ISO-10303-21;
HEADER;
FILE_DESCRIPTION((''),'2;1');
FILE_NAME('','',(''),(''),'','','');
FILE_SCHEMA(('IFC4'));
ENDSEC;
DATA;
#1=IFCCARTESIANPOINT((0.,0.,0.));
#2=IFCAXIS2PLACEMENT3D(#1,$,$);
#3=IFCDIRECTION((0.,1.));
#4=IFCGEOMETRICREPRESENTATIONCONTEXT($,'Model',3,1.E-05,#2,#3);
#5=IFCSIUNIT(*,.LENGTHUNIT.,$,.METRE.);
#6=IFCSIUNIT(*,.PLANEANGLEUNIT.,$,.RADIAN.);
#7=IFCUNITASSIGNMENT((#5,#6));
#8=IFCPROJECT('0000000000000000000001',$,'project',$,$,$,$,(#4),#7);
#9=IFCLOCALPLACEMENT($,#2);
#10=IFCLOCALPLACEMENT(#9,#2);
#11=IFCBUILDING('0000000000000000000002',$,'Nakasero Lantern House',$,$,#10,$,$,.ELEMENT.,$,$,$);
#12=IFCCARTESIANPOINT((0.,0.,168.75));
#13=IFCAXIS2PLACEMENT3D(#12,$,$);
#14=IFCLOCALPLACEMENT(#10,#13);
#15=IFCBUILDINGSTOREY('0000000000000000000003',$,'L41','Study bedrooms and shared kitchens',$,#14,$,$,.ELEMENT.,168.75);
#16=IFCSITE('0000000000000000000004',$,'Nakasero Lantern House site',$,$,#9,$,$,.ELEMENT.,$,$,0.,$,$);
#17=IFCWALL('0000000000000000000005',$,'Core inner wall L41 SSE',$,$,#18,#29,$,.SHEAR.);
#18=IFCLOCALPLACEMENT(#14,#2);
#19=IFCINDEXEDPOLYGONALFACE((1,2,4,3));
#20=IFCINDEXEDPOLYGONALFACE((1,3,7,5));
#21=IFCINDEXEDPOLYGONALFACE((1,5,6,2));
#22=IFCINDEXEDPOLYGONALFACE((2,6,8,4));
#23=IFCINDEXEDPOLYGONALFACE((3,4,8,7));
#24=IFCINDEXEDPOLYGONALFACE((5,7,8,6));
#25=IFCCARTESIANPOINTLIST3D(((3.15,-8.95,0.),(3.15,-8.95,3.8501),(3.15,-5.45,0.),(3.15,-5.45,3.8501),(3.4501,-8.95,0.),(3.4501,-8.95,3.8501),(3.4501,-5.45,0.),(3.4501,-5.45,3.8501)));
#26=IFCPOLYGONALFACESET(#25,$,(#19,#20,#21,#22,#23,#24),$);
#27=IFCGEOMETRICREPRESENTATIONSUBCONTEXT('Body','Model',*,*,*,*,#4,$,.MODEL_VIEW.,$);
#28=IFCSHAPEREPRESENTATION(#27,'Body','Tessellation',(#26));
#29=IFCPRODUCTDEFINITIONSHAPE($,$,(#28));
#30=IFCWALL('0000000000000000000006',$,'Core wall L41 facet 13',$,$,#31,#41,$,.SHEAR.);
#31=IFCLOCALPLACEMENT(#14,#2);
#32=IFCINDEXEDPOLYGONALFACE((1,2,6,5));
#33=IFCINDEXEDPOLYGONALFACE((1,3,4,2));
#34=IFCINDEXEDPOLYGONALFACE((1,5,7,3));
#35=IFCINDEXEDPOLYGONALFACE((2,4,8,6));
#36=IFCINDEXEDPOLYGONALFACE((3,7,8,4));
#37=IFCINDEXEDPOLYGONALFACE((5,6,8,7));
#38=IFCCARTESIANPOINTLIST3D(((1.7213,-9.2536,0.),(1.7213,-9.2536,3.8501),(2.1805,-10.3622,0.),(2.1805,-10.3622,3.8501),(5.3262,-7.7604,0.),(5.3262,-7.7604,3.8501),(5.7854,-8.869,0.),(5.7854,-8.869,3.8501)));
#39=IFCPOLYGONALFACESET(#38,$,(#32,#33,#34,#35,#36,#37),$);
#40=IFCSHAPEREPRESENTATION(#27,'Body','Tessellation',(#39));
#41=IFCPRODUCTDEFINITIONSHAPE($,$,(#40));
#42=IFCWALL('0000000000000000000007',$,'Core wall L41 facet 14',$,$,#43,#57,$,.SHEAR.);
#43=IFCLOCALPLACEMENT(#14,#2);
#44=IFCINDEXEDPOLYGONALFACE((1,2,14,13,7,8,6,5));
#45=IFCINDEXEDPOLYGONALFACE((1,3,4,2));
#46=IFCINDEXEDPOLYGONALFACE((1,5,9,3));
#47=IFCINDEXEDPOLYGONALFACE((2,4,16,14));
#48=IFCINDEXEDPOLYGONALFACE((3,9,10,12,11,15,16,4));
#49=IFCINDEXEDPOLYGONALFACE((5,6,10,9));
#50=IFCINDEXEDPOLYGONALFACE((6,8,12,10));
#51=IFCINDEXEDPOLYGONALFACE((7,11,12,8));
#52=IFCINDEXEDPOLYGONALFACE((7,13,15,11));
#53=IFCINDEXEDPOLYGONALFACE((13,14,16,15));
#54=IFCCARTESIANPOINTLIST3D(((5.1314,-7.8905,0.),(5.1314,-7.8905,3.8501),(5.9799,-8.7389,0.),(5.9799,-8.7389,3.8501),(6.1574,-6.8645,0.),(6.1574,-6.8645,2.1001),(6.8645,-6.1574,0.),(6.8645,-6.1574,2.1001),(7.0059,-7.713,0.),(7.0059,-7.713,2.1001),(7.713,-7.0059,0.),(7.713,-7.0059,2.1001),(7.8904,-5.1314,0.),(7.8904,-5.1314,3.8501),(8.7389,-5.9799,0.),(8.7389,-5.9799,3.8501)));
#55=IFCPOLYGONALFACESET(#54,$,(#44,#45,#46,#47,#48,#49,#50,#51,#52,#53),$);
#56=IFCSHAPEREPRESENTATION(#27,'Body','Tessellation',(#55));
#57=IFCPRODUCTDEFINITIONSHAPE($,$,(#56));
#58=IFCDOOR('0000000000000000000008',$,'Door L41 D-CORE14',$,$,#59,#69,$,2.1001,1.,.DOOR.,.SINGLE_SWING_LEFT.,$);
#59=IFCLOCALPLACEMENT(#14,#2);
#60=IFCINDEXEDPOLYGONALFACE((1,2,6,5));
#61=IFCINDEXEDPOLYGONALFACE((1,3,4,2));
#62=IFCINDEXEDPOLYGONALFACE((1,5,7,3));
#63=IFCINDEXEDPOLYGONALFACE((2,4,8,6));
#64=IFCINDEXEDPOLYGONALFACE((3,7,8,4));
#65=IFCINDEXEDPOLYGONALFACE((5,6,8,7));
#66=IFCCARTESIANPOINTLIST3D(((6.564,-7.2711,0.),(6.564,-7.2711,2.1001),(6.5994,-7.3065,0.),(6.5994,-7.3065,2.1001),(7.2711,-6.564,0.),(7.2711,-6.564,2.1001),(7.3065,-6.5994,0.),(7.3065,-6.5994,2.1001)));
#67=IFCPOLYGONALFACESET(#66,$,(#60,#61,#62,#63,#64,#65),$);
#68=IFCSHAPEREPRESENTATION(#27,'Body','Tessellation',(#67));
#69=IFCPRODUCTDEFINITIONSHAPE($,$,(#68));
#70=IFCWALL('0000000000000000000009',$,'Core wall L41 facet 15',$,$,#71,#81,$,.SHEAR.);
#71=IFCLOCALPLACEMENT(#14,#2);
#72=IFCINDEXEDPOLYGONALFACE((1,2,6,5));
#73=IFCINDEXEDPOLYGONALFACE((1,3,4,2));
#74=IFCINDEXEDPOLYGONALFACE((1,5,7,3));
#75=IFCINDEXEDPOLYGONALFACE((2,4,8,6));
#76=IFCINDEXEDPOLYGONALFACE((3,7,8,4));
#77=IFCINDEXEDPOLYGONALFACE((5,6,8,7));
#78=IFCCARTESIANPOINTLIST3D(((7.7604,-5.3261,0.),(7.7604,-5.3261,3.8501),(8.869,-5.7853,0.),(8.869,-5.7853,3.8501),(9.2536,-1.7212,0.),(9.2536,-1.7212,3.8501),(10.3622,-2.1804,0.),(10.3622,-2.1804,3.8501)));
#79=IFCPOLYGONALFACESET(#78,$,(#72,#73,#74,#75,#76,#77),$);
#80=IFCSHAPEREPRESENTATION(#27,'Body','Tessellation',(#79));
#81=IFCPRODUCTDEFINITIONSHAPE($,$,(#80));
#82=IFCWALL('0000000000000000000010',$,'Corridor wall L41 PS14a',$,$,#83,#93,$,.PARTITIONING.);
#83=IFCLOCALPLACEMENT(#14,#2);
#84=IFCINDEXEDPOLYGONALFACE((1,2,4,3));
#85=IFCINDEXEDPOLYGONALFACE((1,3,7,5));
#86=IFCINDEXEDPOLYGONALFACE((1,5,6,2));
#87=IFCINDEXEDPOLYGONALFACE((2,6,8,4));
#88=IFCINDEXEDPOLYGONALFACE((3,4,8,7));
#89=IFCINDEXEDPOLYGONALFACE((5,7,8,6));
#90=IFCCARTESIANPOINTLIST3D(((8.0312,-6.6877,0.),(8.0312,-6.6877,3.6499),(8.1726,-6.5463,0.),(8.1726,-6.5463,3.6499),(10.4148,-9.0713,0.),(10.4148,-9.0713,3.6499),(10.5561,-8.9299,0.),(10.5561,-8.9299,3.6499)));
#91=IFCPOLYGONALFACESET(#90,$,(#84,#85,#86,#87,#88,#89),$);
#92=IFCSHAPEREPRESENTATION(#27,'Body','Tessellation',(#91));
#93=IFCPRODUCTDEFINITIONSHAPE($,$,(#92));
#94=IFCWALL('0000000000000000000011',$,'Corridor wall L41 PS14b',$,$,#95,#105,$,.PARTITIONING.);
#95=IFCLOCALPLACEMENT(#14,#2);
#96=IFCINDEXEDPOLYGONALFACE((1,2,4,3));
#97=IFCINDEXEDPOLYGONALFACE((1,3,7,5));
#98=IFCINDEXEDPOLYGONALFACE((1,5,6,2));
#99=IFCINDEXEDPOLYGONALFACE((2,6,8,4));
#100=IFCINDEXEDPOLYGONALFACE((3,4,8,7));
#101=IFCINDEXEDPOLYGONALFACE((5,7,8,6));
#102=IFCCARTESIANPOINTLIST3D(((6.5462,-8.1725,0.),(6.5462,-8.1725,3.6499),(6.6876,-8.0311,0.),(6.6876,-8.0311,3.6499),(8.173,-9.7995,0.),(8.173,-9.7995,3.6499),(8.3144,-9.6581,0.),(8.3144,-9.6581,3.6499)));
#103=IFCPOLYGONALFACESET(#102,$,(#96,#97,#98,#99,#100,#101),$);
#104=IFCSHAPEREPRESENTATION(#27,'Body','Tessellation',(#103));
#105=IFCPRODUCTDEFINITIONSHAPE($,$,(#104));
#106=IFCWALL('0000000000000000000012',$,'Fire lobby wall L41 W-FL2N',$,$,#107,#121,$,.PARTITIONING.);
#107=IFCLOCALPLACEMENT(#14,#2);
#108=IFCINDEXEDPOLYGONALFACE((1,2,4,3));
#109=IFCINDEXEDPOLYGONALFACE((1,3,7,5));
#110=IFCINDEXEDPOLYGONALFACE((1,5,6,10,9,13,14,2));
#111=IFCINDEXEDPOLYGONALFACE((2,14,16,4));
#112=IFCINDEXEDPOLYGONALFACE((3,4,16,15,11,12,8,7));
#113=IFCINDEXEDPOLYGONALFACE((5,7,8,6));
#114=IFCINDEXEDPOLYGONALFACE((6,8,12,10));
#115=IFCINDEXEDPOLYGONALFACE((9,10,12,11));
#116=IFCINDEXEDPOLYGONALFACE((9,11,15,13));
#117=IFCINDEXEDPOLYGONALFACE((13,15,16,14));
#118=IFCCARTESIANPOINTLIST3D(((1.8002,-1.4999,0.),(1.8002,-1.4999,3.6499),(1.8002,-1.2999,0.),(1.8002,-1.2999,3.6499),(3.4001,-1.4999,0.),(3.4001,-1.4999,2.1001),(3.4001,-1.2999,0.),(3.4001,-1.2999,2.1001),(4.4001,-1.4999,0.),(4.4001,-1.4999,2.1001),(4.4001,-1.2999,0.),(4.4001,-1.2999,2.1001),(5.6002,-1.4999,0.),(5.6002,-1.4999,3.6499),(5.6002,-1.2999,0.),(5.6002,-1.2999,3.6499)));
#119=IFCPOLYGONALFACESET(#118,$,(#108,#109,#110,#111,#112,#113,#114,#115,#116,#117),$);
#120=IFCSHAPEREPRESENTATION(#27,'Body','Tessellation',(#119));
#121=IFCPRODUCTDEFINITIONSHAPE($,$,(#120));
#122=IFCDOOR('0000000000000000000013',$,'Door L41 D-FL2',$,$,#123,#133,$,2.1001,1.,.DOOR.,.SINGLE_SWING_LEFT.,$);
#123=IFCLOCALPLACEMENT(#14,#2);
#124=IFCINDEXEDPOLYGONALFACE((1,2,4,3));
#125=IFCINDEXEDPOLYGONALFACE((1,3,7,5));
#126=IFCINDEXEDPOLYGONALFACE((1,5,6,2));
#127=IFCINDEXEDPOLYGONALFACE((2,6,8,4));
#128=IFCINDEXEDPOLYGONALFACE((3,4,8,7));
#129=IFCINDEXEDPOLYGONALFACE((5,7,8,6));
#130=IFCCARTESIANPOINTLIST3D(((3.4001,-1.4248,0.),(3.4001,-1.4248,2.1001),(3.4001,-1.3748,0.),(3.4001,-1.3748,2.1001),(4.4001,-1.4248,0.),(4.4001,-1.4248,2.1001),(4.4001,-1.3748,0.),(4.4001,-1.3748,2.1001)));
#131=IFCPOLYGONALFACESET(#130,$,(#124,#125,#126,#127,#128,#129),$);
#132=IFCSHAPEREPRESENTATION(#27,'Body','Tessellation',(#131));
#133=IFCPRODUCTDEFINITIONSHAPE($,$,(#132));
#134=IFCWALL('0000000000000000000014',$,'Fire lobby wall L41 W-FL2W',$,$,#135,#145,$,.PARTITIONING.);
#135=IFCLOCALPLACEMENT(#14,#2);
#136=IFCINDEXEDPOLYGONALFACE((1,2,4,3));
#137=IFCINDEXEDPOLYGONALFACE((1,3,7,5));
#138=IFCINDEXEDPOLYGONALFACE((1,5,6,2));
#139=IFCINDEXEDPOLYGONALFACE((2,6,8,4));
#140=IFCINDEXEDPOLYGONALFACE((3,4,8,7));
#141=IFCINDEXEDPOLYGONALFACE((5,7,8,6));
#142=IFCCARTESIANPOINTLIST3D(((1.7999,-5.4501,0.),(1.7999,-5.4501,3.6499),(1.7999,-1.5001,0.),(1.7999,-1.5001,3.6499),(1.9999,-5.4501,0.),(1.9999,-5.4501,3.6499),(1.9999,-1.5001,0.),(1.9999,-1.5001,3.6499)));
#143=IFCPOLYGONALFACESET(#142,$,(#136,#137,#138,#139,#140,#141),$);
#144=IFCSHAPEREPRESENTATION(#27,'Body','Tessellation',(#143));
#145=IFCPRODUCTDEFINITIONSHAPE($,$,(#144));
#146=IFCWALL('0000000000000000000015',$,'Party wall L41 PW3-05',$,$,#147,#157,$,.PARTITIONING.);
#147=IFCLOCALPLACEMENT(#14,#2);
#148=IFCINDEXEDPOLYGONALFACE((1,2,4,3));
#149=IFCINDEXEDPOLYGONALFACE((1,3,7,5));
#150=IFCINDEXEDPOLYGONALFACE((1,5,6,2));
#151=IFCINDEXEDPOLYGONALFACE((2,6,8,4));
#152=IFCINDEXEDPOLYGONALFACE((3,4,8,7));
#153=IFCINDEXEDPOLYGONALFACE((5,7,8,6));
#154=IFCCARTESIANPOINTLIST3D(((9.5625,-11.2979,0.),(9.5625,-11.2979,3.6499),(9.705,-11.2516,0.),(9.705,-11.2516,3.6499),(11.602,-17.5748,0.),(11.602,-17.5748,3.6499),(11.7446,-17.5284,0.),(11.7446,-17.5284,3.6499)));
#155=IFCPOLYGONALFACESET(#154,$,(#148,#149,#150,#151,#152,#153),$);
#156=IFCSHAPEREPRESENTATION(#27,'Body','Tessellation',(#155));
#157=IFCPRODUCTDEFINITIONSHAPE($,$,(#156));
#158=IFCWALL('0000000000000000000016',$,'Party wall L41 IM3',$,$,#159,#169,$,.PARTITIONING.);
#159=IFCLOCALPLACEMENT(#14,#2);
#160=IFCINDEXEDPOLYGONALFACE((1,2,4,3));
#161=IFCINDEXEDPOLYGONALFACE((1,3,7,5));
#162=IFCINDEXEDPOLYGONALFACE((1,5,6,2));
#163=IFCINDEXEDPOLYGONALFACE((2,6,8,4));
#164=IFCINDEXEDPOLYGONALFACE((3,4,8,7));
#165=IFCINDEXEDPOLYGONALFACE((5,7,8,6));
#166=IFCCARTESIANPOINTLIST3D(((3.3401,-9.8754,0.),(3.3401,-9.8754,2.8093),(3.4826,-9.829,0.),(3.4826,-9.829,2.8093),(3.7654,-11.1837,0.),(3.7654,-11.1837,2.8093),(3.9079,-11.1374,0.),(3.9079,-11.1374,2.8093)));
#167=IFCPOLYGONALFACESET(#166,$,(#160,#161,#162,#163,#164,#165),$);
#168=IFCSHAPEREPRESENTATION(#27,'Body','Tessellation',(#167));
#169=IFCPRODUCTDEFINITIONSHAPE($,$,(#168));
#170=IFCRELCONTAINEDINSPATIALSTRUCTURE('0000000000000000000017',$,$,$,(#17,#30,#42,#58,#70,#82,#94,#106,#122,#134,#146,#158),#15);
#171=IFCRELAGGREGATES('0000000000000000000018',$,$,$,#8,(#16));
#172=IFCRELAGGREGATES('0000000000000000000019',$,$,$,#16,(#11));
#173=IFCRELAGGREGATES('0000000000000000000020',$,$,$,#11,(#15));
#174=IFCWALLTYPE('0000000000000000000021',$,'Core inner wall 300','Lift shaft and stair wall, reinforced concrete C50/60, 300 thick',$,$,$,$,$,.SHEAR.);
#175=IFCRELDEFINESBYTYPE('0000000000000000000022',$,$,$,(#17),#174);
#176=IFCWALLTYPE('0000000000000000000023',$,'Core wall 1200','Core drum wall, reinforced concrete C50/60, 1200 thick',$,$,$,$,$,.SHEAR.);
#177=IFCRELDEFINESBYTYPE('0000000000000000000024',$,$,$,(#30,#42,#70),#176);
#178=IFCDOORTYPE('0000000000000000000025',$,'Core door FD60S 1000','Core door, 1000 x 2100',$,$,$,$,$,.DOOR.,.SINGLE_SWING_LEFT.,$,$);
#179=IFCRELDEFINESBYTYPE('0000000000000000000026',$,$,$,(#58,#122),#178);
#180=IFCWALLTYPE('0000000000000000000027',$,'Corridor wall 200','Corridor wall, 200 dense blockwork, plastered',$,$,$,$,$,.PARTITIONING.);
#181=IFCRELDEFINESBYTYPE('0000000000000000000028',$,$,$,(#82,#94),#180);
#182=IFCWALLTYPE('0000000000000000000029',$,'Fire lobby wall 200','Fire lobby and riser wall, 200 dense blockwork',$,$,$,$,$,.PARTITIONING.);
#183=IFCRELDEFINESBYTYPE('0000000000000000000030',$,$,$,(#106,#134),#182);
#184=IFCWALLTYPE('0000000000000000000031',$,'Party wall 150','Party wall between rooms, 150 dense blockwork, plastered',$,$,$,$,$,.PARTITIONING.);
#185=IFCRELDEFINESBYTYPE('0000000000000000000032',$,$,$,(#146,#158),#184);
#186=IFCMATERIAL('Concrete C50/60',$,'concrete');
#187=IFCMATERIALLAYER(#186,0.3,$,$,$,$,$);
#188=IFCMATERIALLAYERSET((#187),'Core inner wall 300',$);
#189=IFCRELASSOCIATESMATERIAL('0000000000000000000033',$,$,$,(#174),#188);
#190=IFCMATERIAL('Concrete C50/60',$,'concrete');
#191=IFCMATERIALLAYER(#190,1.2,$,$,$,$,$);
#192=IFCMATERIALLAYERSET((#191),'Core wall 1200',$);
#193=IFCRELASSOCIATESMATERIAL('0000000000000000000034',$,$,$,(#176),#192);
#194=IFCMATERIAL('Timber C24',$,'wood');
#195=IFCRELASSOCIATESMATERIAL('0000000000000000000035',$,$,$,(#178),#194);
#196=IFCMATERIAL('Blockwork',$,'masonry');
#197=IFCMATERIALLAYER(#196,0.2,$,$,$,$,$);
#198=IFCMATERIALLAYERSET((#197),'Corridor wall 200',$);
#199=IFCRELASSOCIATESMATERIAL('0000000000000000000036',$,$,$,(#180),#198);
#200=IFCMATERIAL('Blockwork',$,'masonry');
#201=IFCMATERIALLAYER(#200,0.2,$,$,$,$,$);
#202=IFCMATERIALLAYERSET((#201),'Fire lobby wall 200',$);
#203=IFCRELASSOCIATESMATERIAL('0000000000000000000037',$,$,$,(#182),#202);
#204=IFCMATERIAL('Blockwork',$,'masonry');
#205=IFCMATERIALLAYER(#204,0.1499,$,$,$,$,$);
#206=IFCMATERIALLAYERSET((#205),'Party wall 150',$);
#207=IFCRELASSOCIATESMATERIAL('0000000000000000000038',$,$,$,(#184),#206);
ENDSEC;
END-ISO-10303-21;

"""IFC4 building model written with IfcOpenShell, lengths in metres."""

from ifc_helpers import new_model, si_unit, direction, frame, frame_2d, origin, place, context, subcontext, project, spatial, rectangle, extrude, material, layer, layer_set, type_object, element, fill, save


model = new_model("IFC4")

# Units and contexts
model_context = context("Model", 3, precision=1e-05, world=origin(), true_north=direction((0.0, 1.0)))
body_context = subcontext(model_context, "Body", "Model", "MODEL_VIEW")
ifc_project = project(units=[si_unit("LENGTHUNIT", "METRE"), si_unit("PLANEANGLEUNIT", "RADIAN")], contexts=[model_context])

# Site, building, storey
site_placement = place(None, origin())
site = spatial("IfcSite", under=ifc_project, at=site_placement, Name="Nakasero Lantern House site", CompositionType="ELEMENT", RefElevation=0.0)
building_placement = place(site_placement, origin())
building = spatial("IfcBuilding", under=site, at=building_placement, Name="Nakasero Lantern House", CompositionType="ELEMENT")
storey_placement = place(building_placement, frame((0.0, 0.0, 168.75)))
storey = spatial("IfcBuildingStorey", under=building, at=storey_placement, Name="L41", Description="Study bedrooms and shared kitchens", CompositionType="ELEMENT", Elevation=168.75)

# Shared definitions
ifc_material_1 = material(Name="Concrete C50/60", Category="concrete")
ifc_layer_1 = layer(ifc_material_1, 0.3)
ifc_layer_set_1 = layer_set([ifc_layer_1], Name="Core inner wall 300")
wall_type_1 = type_object("IfcWallType", Name="Core inner wall 300", Description="Lift shaft and stair wall, reinforced concrete C50/60, 300 thick", PredefinedType="SHEAR", material=ifc_layer_set_1)

# Walls
wall_1_placement = place(storey_placement, frame((3.3, -5.45, 0.0), z_axis=(0.0, 0.0, 1.0), x_axis=(0.0, -1.0, 0.0)))
element("IfcWall", 1, at=wall_1_placement, inside=storey, type_object=wall_type_1, Name="Core inner wall L41 SSE", PredefinedType="SHEAR", context=body_context, shape_type="SweptSolid", body=[
    extrude(rectangle(XDim=3.5, YDim=0.3, at=frame_2d((1.75, 0.0))), origin(), (0.0, 0.0, 1.0), 3.8501),
])
ifc_material_2 = material(Name="Concrete C50/60", Category="concrete")
ifc_layer_2 = layer(ifc_material_2, 1.2)
ifc_layer_set_2 = layer_set([ifc_layer_2], Name="Core wall 1200")
wall_type_2 = type_object("IfcWallType", Name="Core wall 1200", Description="Core drum wall, reinforced concrete C50/60, 1200 thick", PredefinedType="SHEAR", material=ifc_layer_set_2)
wall_2_placement = place(storey_placement, frame((1.9509, -9.8079, 0.0), z_axis=(0.0, 0.0, 1.0), x_axis=(0.923877, 0.382691, 0.0)))
element("IfcWall", 2, at=wall_2_placement, inside=storey, type_object=wall_type_2, Name="Core wall L41 facet 13", PredefinedType="SHEAR", context=body_context, shape_type="SweptSolid", body=[
    extrude(rectangle(XDim=3.9019, YDim=1.2, at=frame_2d((1.9509, 0.0))), origin(), (0.0, 0.0, 1.0), 3.8501),
])

# Wall, opening, door
wall_3_placement = place(storey_placement, frame((5.5557, -8.3147, 0.0), z_axis=(0.0, 0.0, 1.0), x_axis=(0.707107, 0.707107, 0.0)))
wall_3 = element("IfcWall", 3, at=wall_3_placement, inside=storey, type_object=wall_type_2, Name="Core wall L41 facet 14", PredefinedType="SHEAR", context=body_context, shape_type="SweptSolid", body=[
    extrude(rectangle(XDim=3.9019, YDim=1.2, at=frame_2d((1.9509, 0.0))), origin(), (0.0, 0.0, 1.0), 3.8501),
])
opening_1_placement = place(wall_3_placement, frame((1.4509, 0.0, 0.0)))
opening_1 = element("IfcOpeningElement", 4, at=opening_1_placement, cuts=wall_3, PredefinedType="OPENING", context=body_context, shape_type="SweptSolid", body=[
    extrude(rectangle(XDim=1.0, YDim=2.1001, at=frame_2d((0.5, 1.05))), frame((0.0, 0.6199, 0.0), z_axis=(0.0, -1.0, 0.0), x_axis=(1.0, 0.0, 0.0)), (0.0, 0.0, 1.0), 1.24),
])
ifc_material_3 = material(Name="Timber C24", Category="wood")
door_type_1 = type_object("IfcDoorType", Name="Core door FD60S 1000", Description="Core door, 1000 x 2100", OperationType="SINGLE_SWING_LEFT", PredefinedType="DOOR", material=ifc_material_3)
door_1_placement = place(opening_1_placement, origin())
door_1 = element("IfcDoor", 5, at=door_1_placement, inside=storey, type_object=door_type_1, Name="Door L41 D-CORE14", OperationType="SINGLE_SWING_LEFT", OverallHeight=2.1001, OverallWidth=1.0, PredefinedType="DOOR", context=body_context, shape_type="SweptSolid", body=[
    extrude(rectangle(XDim=1.0, YDim=2.1001, at=frame_2d((0.5, 1.05))), frame((0.0, 0.0249, 0.0), z_axis=(0.0, -1.0, 0.0), x_axis=(1.0, 0.0, 0.0)), (0.0, 0.0, 1.0), 0.05),
])
fill(opening_1, door_1)

# Walls
wall_4_placement = place(storey_placement, frame((8.3147, -5.5557, 0.0), z_axis=(0.0, 0.0, 1.0), x_axis=(0.382691, 0.923877, 0.0)))
element("IfcWall", 6, at=wall_4_placement, inside=storey, type_object=wall_type_2, Name="Core wall L41 facet 15", PredefinedType="SHEAR", context=body_context, shape_type="SweptSolid", body=[
    extrude(rectangle(XDim=3.9019, YDim=1.2, at=frame_2d((1.9509, 0.0))), origin(), (0.0, 0.0, 1.0), 3.8501),
])
ifc_material_4 = material(Name="Blockwork", Category="masonry")
ifc_layer_3 = layer(ifc_material_4, 0.2)
ifc_layer_set_3 = layer_set([ifc_layer_3], Name="Corridor wall 200")
wall_type_3 = type_object("IfcWallType", Name="Corridor wall 200", Description="Corridor wall, 200 dense blockwork, plastered", PredefinedType="PARTITIONING", material=ifc_layer_set_3)
wall_5_placement = place(storey_placement, frame((8.1018, -6.6169, 0.0), z_axis=(0.0, 0.0, 1.0), x_axis=(0.707107, -0.707107, 0.0)))
element("IfcWall", 7, at=wall_5_placement, inside=storey, type_object=wall_type_3, Name="Corridor wall L41 PS14a", PredefinedType="PARTITIONING", context=body_context, shape_type="SweptSolid", body=[
    extrude(rectangle(XDim=3.3708, YDim=0.2, at=frame_2d((1.6855, 0.0))), origin(), (0.0, 0.0, 1.0), 3.6499),
])
wall_6_placement = place(storey_placement, frame((6.6169, -8.1018, 0.0), z_axis=(0.0, 0.0, 1.0), x_axis=(0.707054, -0.70716, 0.0)))
element("IfcWall", 8, at=wall_6_placement, inside=storey, type_object=wall_type_3, Name="Corridor wall L41 PS14b", PredefinedType="PARTITIONING", context=body_context, shape_type="SweptSolid", body=[
    extrude(rectangle(XDim=2.3008, YDim=0.2, at=frame_2d((1.1504, 0.0))), origin(), (0.0, 0.0, 1.0), 3.6499),
])

# Wall, opening, door
ifc_material_5 = material(Name="Blockwork", Category="masonry")
ifc_layer_4 = layer(ifc_material_5, 0.2)
ifc_layer_set_4 = layer_set([ifc_layer_4], Name="Fire lobby wall 200")
wall_type_4 = type_object("IfcWallType", Name="Fire lobby wall 200", Description="Fire lobby and riser wall, 200 dense blockwork", PredefinedType="PARTITIONING", material=ifc_layer_set_4)
wall_7_placement = place(storey_placement, frame((5.6001, -1.3999, 0.0), z_axis=(0.0, 0.0, 1.0), x_axis=(-1.0, 0.0, 0.0)))
wall_7 = element("IfcWall", 9, at=wall_7_placement, inside=storey, type_object=wall_type_4, Name="Fire lobby wall L41 W-FL2N", PredefinedType="PARTITIONING", context=body_context, shape_type="SweptSolid", body=[
    extrude(rectangle(XDim=3.8, YDim=0.2, at=frame_2d((1.8999, 0.0))), origin(), (0.0, 0.0, 1.0), 3.6499),
])
opening_2_placement = place(wall_7_placement, frame((1.2, 0.0, 0.0)))
opening_2 = element("IfcOpeningElement", 10, at=opening_2_placement, cuts=wall_7, PredefinedType="OPENING", context=body_context, shape_type="SweptSolid", body=[
    extrude(rectangle(XDim=1.0, YDim=2.1001, at=frame_2d((0.5, 1.05))), frame((0.0, 0.1199, 0.0), z_axis=(0.0, -1.0, 0.0), x_axis=(1.0, 0.0, 0.0)), (0.0, 0.0, 1.0), 0.24),
])
door_2_placement = place(opening_2_placement, origin())
door_2 = element("IfcDoor", 11, at=door_2_placement, inside=storey, type_object=door_type_1, Name="Door L41 D-FL2", OperationType="SINGLE_SWING_LEFT", OverallHeight=2.1001, OverallWidth=1.0, PredefinedType="DOOR", context=body_context, shape_type="SweptSolid", body=[
    extrude(rectangle(XDim=1.0, YDim=2.1001, at=frame_2d((0.5, 1.05))), frame((0.0, 0.0249, 0.0), z_axis=(0.0, -1.0, 0.0), x_axis=(1.0, 0.0, 0.0)), (0.0, 0.0, 1.0), 0.05),
])
fill(opening_2, door_2)

# Walls
wall_8_placement = place(storey_placement, frame((1.8999, -1.5, 0.0), z_axis=(0.0, 0.0, 1.0), x_axis=(0.0, -1.0, 0.0)))
element("IfcWall", 12, at=wall_8_placement, inside=storey, type_object=wall_type_4, Name="Fire lobby wall L41 W-FL2W", PredefinedType="PARTITIONING", context=body_context, shape_type="SweptSolid", body=[
    extrude(rectangle(XDim=3.95, YDim=0.2, at=frame_2d((1.9751, 0.0))), origin(), (0.0, 0.0, 1.0), 3.6499),
])
ifc_material_6 = material(Name="Blockwork", Category="masonry")
ifc_layer_5 = layer(ifc_material_6, 0.1499)
ifc_layer_set_5 = layer_set([ifc_layer_5], Name="Party wall 150")
wall_type_5 = type_object("IfcWallType", Name="Party wall 150", Description="Party wall between rooms, 150 dense blockwork, plastered", PredefinedType="PARTITIONING", material=ifc_layer_set_5)
wall_9_placement = place(storey_placement, frame((9.6338, -11.2749, 0.0), z_axis=(0.0, 0.0, 1.0), x_axis=(0.309028, -0.951053, 0.0)))
element("IfcWall", 13, at=wall_9_placement, inside=storey, type_object=wall_type_5, Name="Party wall L41 PW3-05", PredefinedType="PARTITIONING", context=body_context, shape_type="SweptSolid", body=[
    extrude(rectangle(XDim=6.5999, YDim=0.1499, at=frame_2d((3.2998, 0.0))), origin(), (0.0, 0.0, 1.0), 3.6499),
])
wall_10_placement = place(storey_placement, frame((3.8367, -11.1606, 0.0), z_axis=(0.0, 0.0, 1.0), x_axis=(-0.309138, 0.951017, 0.0)))
element("IfcWall", 14, at=wall_10_placement, inside=storey, type_object=wall_type_5, Name="Party wall L41 IM3", PredefinedType="PARTITIONING", context=body_context, shape_type="SweptSolid", body=[
    extrude(rectangle(XDim=1.3757, YDim=0.1499, at=frame_2d((0.688, 0.0))), origin(), (0.0, 0.0, 1.0), 2.8093),
])

save(model, "model.ifc")
